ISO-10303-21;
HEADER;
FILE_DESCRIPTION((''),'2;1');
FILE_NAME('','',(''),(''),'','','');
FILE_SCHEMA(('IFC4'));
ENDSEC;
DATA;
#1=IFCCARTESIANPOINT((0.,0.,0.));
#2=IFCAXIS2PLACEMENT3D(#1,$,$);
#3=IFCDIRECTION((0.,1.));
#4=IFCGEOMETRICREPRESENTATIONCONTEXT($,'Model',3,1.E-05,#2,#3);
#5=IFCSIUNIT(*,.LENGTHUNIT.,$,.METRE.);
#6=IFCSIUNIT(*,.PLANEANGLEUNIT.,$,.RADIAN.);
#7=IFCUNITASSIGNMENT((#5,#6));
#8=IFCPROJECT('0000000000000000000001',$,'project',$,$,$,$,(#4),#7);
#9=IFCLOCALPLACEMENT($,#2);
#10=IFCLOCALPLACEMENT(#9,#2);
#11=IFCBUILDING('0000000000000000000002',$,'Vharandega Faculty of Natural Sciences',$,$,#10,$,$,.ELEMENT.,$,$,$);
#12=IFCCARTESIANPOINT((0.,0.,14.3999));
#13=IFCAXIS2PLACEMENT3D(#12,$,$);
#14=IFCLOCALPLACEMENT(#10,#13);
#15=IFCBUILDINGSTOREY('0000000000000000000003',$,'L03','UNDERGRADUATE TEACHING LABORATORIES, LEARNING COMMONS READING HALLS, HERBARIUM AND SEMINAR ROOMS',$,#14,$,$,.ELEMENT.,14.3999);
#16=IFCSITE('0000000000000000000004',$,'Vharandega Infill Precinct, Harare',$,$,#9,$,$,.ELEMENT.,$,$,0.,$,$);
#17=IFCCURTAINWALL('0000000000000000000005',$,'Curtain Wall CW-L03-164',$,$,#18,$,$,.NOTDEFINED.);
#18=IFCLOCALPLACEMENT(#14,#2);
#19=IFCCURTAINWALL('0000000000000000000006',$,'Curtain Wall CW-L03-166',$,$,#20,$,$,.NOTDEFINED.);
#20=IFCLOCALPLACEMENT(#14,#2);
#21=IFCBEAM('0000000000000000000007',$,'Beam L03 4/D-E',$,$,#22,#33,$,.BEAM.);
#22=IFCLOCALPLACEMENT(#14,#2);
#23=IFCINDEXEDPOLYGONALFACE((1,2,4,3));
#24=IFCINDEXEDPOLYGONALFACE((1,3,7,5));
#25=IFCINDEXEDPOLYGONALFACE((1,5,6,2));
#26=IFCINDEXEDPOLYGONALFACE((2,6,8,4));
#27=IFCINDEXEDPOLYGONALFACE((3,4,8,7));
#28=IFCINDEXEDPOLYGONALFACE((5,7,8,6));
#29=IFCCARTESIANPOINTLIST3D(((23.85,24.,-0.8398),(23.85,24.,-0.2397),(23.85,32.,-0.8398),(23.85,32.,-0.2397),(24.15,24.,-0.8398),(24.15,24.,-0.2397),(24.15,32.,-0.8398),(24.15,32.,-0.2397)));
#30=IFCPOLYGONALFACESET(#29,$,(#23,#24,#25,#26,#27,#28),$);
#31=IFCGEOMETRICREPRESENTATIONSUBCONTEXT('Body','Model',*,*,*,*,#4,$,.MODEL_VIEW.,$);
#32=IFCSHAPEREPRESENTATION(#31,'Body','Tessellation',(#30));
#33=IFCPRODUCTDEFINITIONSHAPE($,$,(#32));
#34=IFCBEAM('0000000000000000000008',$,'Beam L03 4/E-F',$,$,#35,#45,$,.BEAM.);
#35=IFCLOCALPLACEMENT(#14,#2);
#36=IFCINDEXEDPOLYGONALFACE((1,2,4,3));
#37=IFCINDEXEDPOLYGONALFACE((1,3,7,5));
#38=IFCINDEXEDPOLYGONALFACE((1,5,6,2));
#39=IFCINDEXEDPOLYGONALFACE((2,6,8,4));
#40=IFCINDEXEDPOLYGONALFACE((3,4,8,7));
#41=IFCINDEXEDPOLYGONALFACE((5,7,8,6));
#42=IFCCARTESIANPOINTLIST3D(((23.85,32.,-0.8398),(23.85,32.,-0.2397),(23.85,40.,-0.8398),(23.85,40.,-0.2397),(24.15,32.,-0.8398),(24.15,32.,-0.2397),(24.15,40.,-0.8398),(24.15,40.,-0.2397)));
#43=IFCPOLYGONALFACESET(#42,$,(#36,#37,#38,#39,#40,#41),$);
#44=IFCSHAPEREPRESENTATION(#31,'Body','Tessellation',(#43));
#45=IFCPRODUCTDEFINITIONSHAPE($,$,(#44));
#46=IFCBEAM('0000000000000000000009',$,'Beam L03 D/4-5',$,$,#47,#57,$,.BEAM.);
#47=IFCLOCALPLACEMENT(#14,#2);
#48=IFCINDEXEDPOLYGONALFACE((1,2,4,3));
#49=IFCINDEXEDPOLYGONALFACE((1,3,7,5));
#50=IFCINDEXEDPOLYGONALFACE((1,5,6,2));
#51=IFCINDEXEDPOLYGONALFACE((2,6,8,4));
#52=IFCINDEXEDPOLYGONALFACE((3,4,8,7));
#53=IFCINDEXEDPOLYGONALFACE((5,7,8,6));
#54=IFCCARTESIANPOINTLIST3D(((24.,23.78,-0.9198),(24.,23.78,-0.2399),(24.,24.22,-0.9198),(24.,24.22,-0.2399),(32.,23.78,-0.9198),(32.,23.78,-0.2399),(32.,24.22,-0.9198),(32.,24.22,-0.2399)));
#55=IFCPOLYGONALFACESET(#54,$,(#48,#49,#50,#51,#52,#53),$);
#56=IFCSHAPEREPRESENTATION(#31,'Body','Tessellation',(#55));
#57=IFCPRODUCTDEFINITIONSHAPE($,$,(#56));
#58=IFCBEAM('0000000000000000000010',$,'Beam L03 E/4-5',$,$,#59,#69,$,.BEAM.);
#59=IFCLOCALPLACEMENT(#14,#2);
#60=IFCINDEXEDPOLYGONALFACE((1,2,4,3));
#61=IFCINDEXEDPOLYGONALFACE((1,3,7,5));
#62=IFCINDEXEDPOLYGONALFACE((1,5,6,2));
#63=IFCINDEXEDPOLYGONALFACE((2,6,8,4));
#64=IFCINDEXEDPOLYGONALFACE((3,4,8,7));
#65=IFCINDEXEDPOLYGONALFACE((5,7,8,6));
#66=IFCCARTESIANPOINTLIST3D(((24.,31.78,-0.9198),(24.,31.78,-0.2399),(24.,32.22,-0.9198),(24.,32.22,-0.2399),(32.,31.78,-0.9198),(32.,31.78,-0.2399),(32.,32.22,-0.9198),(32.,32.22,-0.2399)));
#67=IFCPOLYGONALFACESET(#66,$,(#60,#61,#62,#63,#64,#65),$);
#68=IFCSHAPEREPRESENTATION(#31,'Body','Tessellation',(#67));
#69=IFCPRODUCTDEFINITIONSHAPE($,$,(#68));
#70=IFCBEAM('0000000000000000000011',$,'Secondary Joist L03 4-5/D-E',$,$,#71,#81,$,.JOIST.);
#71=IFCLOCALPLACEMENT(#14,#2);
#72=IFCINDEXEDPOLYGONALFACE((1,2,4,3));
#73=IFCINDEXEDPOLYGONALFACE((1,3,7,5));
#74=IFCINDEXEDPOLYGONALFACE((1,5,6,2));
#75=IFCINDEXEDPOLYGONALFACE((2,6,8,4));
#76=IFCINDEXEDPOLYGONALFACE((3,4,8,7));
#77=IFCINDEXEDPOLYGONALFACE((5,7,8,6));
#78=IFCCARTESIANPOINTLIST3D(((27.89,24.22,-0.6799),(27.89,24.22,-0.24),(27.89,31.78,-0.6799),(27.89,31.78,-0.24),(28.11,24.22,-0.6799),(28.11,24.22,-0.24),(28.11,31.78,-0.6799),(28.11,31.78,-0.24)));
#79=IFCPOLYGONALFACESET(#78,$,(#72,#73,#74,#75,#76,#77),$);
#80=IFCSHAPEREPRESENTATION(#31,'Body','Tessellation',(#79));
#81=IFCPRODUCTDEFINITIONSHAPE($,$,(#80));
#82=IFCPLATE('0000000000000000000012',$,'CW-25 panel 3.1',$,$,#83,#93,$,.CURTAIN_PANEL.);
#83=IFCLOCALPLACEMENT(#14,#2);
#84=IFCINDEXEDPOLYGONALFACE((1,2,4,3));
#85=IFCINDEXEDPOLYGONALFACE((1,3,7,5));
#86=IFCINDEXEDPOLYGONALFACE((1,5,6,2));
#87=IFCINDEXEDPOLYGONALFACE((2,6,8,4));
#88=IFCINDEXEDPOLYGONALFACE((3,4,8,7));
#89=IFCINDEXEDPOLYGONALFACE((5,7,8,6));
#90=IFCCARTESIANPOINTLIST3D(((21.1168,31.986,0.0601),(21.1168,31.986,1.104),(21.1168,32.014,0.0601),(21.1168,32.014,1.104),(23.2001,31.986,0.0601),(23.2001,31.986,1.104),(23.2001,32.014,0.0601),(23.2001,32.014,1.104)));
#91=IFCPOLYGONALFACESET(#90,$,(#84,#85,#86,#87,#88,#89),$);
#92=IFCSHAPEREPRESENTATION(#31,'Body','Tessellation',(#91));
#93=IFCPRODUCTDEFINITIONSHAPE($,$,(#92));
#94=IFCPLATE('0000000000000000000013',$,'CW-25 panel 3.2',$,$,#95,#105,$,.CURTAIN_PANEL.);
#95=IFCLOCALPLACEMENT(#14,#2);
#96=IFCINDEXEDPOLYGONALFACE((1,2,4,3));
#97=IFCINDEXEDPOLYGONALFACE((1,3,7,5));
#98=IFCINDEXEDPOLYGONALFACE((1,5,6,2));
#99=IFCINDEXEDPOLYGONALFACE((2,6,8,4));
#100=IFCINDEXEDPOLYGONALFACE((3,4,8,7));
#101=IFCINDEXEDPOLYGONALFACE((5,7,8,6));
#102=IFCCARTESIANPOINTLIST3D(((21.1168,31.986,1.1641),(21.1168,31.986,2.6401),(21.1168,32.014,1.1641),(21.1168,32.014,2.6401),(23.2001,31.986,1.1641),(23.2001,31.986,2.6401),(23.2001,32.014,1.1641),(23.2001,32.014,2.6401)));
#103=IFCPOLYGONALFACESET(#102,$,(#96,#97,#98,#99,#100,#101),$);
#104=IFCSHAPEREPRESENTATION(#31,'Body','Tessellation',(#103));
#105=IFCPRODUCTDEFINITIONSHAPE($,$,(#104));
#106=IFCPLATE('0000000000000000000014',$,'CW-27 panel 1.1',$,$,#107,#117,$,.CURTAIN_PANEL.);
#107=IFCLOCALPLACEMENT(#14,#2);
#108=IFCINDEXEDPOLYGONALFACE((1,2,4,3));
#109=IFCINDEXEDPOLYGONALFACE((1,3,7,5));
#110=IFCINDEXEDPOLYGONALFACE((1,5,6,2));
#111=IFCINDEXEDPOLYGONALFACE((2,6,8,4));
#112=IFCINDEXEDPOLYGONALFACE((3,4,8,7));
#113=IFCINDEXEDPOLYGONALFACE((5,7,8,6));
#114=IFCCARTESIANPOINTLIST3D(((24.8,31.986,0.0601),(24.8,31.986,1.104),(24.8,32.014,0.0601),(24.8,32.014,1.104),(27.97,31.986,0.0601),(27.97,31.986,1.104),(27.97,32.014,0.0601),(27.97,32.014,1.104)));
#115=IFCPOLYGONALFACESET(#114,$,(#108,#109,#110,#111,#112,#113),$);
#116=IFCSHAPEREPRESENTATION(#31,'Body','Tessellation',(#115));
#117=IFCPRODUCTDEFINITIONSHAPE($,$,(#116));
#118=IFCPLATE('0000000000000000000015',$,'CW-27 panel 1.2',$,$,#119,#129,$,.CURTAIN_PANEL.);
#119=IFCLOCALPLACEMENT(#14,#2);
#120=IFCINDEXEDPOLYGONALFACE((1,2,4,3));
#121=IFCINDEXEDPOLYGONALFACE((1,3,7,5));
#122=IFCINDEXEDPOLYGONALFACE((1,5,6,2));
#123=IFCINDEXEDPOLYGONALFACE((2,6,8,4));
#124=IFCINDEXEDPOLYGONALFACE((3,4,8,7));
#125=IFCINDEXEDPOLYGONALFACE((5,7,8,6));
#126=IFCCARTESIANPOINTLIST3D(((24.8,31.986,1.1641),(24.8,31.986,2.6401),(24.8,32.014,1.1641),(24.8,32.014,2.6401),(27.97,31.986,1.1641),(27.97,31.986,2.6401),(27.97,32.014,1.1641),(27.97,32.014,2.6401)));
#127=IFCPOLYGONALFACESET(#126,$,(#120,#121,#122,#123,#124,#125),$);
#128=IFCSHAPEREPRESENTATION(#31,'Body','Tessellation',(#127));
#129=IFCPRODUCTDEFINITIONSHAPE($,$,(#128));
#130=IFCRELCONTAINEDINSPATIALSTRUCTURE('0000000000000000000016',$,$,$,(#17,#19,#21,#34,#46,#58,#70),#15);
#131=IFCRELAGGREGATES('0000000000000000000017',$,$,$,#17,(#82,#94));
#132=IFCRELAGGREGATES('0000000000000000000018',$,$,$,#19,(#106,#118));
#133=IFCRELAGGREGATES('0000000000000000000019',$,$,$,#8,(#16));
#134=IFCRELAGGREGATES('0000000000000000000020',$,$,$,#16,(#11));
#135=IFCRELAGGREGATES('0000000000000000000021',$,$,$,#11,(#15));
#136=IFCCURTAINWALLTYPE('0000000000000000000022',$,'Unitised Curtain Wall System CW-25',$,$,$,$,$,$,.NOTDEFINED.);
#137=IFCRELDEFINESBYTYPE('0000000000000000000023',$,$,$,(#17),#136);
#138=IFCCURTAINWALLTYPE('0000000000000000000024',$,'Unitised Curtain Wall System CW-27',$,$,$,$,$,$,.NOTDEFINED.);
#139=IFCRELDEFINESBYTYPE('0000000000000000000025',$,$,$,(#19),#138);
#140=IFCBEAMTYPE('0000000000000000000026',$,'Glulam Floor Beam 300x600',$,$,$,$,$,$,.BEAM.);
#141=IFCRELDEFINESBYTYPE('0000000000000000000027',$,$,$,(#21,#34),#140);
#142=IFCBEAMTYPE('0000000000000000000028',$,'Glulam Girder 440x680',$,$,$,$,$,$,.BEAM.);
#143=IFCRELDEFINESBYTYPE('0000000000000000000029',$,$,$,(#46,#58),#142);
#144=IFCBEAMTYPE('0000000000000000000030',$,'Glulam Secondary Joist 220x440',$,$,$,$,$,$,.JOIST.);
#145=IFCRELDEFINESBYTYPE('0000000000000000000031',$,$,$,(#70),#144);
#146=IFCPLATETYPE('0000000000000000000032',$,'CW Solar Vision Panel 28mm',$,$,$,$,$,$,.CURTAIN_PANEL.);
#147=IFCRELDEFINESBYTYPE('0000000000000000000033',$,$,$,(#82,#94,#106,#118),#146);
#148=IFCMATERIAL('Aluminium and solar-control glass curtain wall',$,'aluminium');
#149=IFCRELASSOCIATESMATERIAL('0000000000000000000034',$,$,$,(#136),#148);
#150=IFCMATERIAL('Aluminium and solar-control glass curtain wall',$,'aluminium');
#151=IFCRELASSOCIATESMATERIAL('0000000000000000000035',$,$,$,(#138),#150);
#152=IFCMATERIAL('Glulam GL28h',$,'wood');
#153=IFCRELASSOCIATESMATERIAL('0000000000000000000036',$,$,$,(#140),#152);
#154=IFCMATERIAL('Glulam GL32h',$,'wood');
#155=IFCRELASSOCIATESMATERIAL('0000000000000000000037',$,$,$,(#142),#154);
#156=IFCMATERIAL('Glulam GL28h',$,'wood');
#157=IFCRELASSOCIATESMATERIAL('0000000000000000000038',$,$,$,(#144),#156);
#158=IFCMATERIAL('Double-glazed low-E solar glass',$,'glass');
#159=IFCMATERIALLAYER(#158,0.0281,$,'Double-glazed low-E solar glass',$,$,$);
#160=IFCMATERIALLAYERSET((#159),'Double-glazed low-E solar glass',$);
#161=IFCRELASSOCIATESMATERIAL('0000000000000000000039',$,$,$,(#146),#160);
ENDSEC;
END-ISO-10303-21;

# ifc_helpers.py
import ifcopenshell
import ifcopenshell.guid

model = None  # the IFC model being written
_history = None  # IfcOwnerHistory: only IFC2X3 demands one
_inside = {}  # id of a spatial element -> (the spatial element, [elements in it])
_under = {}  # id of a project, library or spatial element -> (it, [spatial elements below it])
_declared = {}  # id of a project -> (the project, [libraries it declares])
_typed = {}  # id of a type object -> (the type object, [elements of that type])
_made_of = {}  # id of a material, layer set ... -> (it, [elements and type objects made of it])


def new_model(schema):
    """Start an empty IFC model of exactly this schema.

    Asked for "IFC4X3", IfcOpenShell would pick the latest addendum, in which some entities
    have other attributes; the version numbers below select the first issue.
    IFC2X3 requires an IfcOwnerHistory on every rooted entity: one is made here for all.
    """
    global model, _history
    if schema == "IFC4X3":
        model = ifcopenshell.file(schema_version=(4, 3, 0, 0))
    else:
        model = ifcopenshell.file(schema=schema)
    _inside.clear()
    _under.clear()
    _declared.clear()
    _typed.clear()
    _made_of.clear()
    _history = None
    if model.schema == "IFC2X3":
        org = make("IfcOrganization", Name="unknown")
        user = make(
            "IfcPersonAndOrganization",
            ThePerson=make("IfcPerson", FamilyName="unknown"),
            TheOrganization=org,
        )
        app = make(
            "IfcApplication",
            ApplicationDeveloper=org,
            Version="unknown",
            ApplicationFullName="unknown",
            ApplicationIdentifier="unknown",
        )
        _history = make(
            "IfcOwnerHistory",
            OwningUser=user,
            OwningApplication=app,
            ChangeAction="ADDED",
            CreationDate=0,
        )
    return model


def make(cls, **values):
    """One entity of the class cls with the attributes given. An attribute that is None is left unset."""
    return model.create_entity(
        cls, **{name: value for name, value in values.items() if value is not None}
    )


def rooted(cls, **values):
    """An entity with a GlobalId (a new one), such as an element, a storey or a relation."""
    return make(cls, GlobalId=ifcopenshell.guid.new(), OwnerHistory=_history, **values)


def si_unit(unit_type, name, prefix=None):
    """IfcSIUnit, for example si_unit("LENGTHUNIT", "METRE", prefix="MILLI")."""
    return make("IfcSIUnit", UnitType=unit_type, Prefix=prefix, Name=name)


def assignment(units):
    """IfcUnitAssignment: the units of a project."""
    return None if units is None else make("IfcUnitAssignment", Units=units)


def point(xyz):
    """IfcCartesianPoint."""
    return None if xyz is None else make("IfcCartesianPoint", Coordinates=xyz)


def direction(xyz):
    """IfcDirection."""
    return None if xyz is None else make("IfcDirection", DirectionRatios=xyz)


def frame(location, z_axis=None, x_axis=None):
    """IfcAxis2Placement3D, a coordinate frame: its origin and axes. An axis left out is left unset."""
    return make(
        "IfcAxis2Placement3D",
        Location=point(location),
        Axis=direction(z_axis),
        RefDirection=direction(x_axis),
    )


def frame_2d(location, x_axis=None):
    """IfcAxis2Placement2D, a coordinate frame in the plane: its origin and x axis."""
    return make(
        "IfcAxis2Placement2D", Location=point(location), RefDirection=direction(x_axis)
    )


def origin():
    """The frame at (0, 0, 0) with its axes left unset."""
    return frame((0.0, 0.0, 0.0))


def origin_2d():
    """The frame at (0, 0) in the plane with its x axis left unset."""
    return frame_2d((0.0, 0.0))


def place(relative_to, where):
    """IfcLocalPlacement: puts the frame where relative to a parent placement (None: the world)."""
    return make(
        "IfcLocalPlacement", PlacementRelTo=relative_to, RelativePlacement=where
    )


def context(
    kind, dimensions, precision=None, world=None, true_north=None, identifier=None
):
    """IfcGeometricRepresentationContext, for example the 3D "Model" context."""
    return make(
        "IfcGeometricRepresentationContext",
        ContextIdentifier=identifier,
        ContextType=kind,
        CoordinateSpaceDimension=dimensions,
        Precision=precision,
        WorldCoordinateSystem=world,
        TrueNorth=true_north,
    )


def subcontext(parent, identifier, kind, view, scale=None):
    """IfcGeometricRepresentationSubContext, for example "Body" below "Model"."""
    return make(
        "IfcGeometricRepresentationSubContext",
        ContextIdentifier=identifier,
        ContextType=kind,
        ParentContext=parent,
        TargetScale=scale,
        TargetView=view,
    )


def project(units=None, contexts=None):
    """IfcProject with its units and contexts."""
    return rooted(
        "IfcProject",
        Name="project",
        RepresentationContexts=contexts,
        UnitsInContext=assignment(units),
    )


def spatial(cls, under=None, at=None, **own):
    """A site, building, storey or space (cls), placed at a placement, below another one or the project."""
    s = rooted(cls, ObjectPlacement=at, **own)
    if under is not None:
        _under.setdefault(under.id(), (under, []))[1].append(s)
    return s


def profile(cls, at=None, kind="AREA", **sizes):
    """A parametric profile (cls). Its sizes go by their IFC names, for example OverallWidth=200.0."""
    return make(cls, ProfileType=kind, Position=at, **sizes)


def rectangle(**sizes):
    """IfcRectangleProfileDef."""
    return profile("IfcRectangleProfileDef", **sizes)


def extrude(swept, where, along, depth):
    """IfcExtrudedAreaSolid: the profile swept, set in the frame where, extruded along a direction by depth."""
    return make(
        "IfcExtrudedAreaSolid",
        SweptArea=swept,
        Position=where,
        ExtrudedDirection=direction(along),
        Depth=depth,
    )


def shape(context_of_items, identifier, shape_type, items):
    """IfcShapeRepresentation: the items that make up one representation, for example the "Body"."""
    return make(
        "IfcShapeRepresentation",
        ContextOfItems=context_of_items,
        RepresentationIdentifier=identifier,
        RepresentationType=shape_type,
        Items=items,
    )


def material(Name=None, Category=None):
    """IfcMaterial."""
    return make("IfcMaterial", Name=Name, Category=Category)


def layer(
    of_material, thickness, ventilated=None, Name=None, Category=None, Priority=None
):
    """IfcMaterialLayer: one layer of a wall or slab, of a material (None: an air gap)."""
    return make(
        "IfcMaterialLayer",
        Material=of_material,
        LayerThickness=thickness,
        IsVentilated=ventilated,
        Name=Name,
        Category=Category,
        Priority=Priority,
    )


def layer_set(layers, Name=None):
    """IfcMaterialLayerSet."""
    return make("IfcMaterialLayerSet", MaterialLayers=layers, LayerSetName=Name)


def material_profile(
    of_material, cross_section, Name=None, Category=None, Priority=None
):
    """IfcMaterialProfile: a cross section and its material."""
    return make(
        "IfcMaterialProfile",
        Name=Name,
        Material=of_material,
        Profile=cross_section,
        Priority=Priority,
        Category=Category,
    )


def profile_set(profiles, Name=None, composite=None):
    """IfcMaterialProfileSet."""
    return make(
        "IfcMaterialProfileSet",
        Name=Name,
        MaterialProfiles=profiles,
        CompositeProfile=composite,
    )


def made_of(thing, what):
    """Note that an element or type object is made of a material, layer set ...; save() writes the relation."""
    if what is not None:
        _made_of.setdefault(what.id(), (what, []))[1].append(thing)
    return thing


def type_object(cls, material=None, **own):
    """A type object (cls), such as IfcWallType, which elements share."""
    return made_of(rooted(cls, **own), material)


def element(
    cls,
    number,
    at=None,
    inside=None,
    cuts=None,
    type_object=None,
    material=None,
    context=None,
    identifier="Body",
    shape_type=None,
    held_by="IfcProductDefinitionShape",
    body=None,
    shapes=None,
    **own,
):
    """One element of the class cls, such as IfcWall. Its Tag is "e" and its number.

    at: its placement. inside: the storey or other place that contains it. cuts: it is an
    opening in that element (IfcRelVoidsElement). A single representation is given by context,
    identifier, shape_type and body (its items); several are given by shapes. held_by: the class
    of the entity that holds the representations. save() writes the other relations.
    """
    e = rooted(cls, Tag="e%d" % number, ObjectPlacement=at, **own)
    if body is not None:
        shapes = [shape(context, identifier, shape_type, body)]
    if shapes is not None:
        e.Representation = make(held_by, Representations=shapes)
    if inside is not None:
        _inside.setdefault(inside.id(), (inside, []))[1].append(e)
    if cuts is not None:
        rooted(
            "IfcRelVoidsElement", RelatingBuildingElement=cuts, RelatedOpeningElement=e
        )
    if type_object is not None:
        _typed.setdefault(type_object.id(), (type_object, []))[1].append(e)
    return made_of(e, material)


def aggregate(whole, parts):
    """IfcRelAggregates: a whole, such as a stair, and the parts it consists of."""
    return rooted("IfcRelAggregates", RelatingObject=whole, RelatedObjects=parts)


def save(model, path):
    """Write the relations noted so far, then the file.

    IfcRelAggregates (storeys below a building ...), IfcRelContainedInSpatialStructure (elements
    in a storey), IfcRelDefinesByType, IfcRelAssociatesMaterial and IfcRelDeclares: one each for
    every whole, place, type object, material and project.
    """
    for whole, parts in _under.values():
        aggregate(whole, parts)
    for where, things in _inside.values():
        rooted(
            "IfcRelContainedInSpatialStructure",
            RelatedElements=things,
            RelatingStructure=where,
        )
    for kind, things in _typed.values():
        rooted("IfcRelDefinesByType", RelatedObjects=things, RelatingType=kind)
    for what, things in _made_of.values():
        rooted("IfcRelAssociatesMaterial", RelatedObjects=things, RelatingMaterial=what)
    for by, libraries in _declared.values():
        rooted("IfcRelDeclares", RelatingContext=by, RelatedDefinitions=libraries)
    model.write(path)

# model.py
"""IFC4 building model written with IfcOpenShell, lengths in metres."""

from ifc_helpers import new_model, si_unit, direction, frame, origin, origin_2d, place, context, subcontext, project, spatial, rectangle, extrude, material, layer, layer_set, material_profile, profile_set, type_object, element, aggregate, save


model = new_model("IFC4")

# Units and contexts
model_context = context("Model", 3, precision=1e-05, world=origin(), true_north=direction((0.0, 1.0)))
body_context = subcontext(model_context, "Body", "Model", "MODEL_VIEW")
ifc_project = project(units=[si_unit("LENGTHUNIT", "METRE"), si_unit("PLANEANGLEUNIT", "RADIAN")], contexts=[model_context])

# Site, building, storey
site_placement = place(None, origin())
site = spatial("IfcSite", under=ifc_project, at=site_placement, Name="Vharandega Infill Precinct, Harare", CompositionType="ELEMENT", RefElevation=0.0)
building_placement = place(site_placement, origin())
building = spatial("IfcBuilding", under=site, at=building_placement, Name="Vharandega Faculty of Natural Sciences", CompositionType="ELEMENT")
storey_placement = place(building_placement, frame((0.0, 0.0, 14.3999)))
storey = spatial("IfcBuildingStorey", under=building, at=storey_placement, Name="L03", Description="UNDERGRADUATE TEACHING LABORATORIES, LEARNING COMMONS READING HALLS, HERBARIUM AND SEMINAR ROOMS", CompositionType="ELEMENT", Elevation=14.3999)

# Curtain walls
ifc_material_1 = material(Name="Aluminium and solar-control glass curtain wall", Category="aluminium")
curtain_wall_type_1 = type_object("IfcCurtainWallType", Name="Unitised Curtain Wall System CW-25", PredefinedType="NOTDEFINED", material=ifc_material_1)
curtain_wall_1_placement = place(storey_placement, origin())
curtain_wall_1 = element("IfcCurtainWall", 1, at=curtain_wall_1_placement, inside=storey, type_object=curtain_wall_type_1, Name="Curtain Wall CW-L03-164", PredefinedType="NOTDEFINED")
ifc_material_2 = material(Name="Aluminium and solar-control glass curtain wall", Category="aluminium")
curtain_wall_type_2 = type_object("IfcCurtainWallType", Name="Unitised Curtain Wall System CW-27", PredefinedType="NOTDEFINED", material=ifc_material_2)
curtain_wall_2_placement = place(storey_placement, origin())
curtain_wall_2 = element("IfcCurtainWall", 2, at=curtain_wall_2_placement, inside=storey, type_object=curtain_wall_type_2, Name="Curtain Wall CW-L03-166", PredefinedType="NOTDEFINED")

# Beams
ifc_material_3 = material(Name="Glulam GL28h", Category="wood")
ifc_material_profile_1 = material_profile(ifc_material_3, rectangle(XDim=0.3, YDim=0.6001, at=origin_2d()), Name="GL28h 300x600")
ifc_profile_set_1 = profile_set([ifc_material_profile_1], Name="Glulam GL28h")
beam_type_1 = type_object("IfcBeamType", Name="Glulam Floor Beam 300x600", PredefinedType="BEAM", material=ifc_profile_set_1)
for number, where, z_axis, x_axis, name in (
    (3, (24.0, 24.0, -0.5398), (0.0, 1.0, 0.0), (-1.0, 0.0, 0.0), "Beam L03 4/D-E"),
    (4, (24.0, 32.0, -0.5398), (0.0, 1.0, 0.0), (-1.0, 0.0, 0.0), "Beam L03 4/E-F"),
):
    element("IfcBeam", number, at=place(storey_placement, frame(where, z_axis=z_axis, x_axis=x_axis)), inside=storey, type_object=beam_type_1, Name=name, PredefinedType="BEAM", context=body_context, shape_type="SweptSolid", body=[
        extrude(rectangle(XDim=0.3, YDim=0.6001, at=origin_2d()), origin(), (0.0, 0.0, 1.0), 8.0),
    ])
ifc_material_4 = material(Name="Glulam GL32h", Category="wood")
ifc_material_profile_2 = material_profile(ifc_material_4, rectangle(XDim=0.4399, YDim=0.6799, at=origin_2d()), Name="GL32h 440x680")
ifc_profile_set_2 = profile_set([ifc_material_profile_2], Name="Glulam GL32h")
beam_type_2 = type_object("IfcBeamType", Name="Glulam Girder 440x680", PredefinedType="BEAM", material=ifc_profile_set_2)
for number, where, z_axis, x_axis, name in (
    (5, (24.0, 24.0, -0.5798), (1.0, 0.0, 0.0), (0.0, 1.0, 0.0), "Beam L03 D/4-5"),
    (6, (24.0, 32.0, -0.5798), (1.0, 0.0, 0.0), (0.0, 1.0, 0.0), "Beam L03 E/4-5"),
):
    element("IfcBeam", number, at=place(storey_placement, frame(where, z_axis=z_axis, x_axis=x_axis)), inside=storey, type_object=beam_type_2, Name=name, PredefinedType="BEAM", context=body_context, shape_type="SweptSolid", body=[
        extrude(rectangle(XDim=0.4399, YDim=0.6799, at=origin_2d()), origin(), (0.0, 0.0, 1.0), 8.0),
    ])
ifc_material_5 = material(Name="Glulam GL28h", Category="wood")
ifc_material_profile_3 = material_profile(ifc_material_5, rectangle(XDim=0.22, YDim=0.4399, at=origin_2d()), Name="GL28h 220x440")
ifc_profile_set_3 = profile_set([ifc_material_profile_3], Name="Glulam GL28h")
beam_type_3 = type_object("IfcBeamType", Name="Glulam Secondary Joist 220x440", PredefinedType="JOIST", material=ifc_profile_set_3)
beam_placement = place(storey_placement, frame((28.0, 24.22, -0.46), z_axis=(0.0, 1.0, 0.0), x_axis=(-1.0, 0.0, 0.0)))
element("IfcBeam", 7, at=beam_placement, inside=storey, type_object=beam_type_3, Name="Secondary Joist L03 4-5/D-E", PredefinedType="JOIST", context=body_context, shape_type="SweptSolid", body=[
    extrude(rectangle(XDim=0.22, YDim=0.4399, at=origin_2d()), origin(), (0.0, 0.0, 1.0), 7.5601),
])

# Plates
ifc_material_6 = material(Name="Double-glazed low-E solar glass", Category="glass")
ifc_layer = layer(ifc_material_6, 0.0281, Name="Double-glazed low-E solar glass")
ifc_layer_set = layer_set([ifc_layer], Name="Double-glazed low-E solar glass")
plate_type = type_object("IfcPlateType", Name="CW Solar Vision Panel 28mm", PredefinedType="CURTAIN_PANEL", material=ifc_layer_set)
plate_1_placement = place(storey_placement, frame((22.1584, 32.0, 0.0601), z_axis=(0.0, 0.0, 1.0), x_axis=(1.0, 0.0, 0.0)))
plate_1 = element("IfcPlate", 8, at=plate_1_placement, type_object=plate_type, Name="CW-25 panel 3.1", PredefinedType="CURTAIN_PANEL", context=body_context, shape_type="SweptSolid", body=[
    extrude(rectangle(XDim=2.0833, YDim=0.0281, at=origin_2d()), origin(), (0.0, 0.0, 1.0), 1.0439),
])
plate_2_placement = place(storey_placement, frame((22.1584, 32.0, 1.1641), z_axis=(0.0, 0.0, 1.0), x_axis=(1.0, 0.0, 0.0)))
plate_2 = element("IfcPlate", 9, at=plate_2_placement, type_object=plate_type, Name="CW-25 panel 3.2", PredefinedType="CURTAIN_PANEL", context=body_context, shape_type="SweptSolid", body=[
    extrude(rectangle(XDim=2.0833, YDim=0.0281, at=origin_2d()), origin(), (0.0, 0.0, 1.0), 1.4761),
])
aggregate(curtain_wall_1, [plate_1, plate_2])
plate_3_placement = place(storey_placement, frame((26.385, 32.0, 0.0601), z_axis=(0.0, 0.0, 1.0), x_axis=(1.0, 0.0, 0.0)))
plate_3 = element("IfcPlate", 10, at=plate_3_placement, type_object=plate_type, Name="CW-27 panel 1.1", PredefinedType="CURTAIN_PANEL", context=body_context, shape_type="SweptSolid", body=[
    extrude(rectangle(XDim=3.1699, YDim=0.0281, at=origin_2d()), origin(), (0.0, 0.0, 1.0), 1.0439),
])
plate_4_placement = place(storey_placement, frame((26.385, 32.0, 1.1641), z_axis=(0.0, 0.0, 1.0), x_axis=(1.0, 0.0, 0.0)))
plate_4 = element("IfcPlate", 11, at=plate_4_placement, type_object=plate_type, Name="CW-27 panel 1.2", PredefinedType="CURTAIN_PANEL", context=body_context, shape_type="SweptSolid", body=[
    extrude(rectangle(XDim=3.1699, YDim=0.0281, at=origin_2d()), origin(), (0.0, 0.0, 1.0), 1.4761),
])
aggregate(curtain_wall_2, [plate_3, plate_4])

save(model, "model.ifc")
